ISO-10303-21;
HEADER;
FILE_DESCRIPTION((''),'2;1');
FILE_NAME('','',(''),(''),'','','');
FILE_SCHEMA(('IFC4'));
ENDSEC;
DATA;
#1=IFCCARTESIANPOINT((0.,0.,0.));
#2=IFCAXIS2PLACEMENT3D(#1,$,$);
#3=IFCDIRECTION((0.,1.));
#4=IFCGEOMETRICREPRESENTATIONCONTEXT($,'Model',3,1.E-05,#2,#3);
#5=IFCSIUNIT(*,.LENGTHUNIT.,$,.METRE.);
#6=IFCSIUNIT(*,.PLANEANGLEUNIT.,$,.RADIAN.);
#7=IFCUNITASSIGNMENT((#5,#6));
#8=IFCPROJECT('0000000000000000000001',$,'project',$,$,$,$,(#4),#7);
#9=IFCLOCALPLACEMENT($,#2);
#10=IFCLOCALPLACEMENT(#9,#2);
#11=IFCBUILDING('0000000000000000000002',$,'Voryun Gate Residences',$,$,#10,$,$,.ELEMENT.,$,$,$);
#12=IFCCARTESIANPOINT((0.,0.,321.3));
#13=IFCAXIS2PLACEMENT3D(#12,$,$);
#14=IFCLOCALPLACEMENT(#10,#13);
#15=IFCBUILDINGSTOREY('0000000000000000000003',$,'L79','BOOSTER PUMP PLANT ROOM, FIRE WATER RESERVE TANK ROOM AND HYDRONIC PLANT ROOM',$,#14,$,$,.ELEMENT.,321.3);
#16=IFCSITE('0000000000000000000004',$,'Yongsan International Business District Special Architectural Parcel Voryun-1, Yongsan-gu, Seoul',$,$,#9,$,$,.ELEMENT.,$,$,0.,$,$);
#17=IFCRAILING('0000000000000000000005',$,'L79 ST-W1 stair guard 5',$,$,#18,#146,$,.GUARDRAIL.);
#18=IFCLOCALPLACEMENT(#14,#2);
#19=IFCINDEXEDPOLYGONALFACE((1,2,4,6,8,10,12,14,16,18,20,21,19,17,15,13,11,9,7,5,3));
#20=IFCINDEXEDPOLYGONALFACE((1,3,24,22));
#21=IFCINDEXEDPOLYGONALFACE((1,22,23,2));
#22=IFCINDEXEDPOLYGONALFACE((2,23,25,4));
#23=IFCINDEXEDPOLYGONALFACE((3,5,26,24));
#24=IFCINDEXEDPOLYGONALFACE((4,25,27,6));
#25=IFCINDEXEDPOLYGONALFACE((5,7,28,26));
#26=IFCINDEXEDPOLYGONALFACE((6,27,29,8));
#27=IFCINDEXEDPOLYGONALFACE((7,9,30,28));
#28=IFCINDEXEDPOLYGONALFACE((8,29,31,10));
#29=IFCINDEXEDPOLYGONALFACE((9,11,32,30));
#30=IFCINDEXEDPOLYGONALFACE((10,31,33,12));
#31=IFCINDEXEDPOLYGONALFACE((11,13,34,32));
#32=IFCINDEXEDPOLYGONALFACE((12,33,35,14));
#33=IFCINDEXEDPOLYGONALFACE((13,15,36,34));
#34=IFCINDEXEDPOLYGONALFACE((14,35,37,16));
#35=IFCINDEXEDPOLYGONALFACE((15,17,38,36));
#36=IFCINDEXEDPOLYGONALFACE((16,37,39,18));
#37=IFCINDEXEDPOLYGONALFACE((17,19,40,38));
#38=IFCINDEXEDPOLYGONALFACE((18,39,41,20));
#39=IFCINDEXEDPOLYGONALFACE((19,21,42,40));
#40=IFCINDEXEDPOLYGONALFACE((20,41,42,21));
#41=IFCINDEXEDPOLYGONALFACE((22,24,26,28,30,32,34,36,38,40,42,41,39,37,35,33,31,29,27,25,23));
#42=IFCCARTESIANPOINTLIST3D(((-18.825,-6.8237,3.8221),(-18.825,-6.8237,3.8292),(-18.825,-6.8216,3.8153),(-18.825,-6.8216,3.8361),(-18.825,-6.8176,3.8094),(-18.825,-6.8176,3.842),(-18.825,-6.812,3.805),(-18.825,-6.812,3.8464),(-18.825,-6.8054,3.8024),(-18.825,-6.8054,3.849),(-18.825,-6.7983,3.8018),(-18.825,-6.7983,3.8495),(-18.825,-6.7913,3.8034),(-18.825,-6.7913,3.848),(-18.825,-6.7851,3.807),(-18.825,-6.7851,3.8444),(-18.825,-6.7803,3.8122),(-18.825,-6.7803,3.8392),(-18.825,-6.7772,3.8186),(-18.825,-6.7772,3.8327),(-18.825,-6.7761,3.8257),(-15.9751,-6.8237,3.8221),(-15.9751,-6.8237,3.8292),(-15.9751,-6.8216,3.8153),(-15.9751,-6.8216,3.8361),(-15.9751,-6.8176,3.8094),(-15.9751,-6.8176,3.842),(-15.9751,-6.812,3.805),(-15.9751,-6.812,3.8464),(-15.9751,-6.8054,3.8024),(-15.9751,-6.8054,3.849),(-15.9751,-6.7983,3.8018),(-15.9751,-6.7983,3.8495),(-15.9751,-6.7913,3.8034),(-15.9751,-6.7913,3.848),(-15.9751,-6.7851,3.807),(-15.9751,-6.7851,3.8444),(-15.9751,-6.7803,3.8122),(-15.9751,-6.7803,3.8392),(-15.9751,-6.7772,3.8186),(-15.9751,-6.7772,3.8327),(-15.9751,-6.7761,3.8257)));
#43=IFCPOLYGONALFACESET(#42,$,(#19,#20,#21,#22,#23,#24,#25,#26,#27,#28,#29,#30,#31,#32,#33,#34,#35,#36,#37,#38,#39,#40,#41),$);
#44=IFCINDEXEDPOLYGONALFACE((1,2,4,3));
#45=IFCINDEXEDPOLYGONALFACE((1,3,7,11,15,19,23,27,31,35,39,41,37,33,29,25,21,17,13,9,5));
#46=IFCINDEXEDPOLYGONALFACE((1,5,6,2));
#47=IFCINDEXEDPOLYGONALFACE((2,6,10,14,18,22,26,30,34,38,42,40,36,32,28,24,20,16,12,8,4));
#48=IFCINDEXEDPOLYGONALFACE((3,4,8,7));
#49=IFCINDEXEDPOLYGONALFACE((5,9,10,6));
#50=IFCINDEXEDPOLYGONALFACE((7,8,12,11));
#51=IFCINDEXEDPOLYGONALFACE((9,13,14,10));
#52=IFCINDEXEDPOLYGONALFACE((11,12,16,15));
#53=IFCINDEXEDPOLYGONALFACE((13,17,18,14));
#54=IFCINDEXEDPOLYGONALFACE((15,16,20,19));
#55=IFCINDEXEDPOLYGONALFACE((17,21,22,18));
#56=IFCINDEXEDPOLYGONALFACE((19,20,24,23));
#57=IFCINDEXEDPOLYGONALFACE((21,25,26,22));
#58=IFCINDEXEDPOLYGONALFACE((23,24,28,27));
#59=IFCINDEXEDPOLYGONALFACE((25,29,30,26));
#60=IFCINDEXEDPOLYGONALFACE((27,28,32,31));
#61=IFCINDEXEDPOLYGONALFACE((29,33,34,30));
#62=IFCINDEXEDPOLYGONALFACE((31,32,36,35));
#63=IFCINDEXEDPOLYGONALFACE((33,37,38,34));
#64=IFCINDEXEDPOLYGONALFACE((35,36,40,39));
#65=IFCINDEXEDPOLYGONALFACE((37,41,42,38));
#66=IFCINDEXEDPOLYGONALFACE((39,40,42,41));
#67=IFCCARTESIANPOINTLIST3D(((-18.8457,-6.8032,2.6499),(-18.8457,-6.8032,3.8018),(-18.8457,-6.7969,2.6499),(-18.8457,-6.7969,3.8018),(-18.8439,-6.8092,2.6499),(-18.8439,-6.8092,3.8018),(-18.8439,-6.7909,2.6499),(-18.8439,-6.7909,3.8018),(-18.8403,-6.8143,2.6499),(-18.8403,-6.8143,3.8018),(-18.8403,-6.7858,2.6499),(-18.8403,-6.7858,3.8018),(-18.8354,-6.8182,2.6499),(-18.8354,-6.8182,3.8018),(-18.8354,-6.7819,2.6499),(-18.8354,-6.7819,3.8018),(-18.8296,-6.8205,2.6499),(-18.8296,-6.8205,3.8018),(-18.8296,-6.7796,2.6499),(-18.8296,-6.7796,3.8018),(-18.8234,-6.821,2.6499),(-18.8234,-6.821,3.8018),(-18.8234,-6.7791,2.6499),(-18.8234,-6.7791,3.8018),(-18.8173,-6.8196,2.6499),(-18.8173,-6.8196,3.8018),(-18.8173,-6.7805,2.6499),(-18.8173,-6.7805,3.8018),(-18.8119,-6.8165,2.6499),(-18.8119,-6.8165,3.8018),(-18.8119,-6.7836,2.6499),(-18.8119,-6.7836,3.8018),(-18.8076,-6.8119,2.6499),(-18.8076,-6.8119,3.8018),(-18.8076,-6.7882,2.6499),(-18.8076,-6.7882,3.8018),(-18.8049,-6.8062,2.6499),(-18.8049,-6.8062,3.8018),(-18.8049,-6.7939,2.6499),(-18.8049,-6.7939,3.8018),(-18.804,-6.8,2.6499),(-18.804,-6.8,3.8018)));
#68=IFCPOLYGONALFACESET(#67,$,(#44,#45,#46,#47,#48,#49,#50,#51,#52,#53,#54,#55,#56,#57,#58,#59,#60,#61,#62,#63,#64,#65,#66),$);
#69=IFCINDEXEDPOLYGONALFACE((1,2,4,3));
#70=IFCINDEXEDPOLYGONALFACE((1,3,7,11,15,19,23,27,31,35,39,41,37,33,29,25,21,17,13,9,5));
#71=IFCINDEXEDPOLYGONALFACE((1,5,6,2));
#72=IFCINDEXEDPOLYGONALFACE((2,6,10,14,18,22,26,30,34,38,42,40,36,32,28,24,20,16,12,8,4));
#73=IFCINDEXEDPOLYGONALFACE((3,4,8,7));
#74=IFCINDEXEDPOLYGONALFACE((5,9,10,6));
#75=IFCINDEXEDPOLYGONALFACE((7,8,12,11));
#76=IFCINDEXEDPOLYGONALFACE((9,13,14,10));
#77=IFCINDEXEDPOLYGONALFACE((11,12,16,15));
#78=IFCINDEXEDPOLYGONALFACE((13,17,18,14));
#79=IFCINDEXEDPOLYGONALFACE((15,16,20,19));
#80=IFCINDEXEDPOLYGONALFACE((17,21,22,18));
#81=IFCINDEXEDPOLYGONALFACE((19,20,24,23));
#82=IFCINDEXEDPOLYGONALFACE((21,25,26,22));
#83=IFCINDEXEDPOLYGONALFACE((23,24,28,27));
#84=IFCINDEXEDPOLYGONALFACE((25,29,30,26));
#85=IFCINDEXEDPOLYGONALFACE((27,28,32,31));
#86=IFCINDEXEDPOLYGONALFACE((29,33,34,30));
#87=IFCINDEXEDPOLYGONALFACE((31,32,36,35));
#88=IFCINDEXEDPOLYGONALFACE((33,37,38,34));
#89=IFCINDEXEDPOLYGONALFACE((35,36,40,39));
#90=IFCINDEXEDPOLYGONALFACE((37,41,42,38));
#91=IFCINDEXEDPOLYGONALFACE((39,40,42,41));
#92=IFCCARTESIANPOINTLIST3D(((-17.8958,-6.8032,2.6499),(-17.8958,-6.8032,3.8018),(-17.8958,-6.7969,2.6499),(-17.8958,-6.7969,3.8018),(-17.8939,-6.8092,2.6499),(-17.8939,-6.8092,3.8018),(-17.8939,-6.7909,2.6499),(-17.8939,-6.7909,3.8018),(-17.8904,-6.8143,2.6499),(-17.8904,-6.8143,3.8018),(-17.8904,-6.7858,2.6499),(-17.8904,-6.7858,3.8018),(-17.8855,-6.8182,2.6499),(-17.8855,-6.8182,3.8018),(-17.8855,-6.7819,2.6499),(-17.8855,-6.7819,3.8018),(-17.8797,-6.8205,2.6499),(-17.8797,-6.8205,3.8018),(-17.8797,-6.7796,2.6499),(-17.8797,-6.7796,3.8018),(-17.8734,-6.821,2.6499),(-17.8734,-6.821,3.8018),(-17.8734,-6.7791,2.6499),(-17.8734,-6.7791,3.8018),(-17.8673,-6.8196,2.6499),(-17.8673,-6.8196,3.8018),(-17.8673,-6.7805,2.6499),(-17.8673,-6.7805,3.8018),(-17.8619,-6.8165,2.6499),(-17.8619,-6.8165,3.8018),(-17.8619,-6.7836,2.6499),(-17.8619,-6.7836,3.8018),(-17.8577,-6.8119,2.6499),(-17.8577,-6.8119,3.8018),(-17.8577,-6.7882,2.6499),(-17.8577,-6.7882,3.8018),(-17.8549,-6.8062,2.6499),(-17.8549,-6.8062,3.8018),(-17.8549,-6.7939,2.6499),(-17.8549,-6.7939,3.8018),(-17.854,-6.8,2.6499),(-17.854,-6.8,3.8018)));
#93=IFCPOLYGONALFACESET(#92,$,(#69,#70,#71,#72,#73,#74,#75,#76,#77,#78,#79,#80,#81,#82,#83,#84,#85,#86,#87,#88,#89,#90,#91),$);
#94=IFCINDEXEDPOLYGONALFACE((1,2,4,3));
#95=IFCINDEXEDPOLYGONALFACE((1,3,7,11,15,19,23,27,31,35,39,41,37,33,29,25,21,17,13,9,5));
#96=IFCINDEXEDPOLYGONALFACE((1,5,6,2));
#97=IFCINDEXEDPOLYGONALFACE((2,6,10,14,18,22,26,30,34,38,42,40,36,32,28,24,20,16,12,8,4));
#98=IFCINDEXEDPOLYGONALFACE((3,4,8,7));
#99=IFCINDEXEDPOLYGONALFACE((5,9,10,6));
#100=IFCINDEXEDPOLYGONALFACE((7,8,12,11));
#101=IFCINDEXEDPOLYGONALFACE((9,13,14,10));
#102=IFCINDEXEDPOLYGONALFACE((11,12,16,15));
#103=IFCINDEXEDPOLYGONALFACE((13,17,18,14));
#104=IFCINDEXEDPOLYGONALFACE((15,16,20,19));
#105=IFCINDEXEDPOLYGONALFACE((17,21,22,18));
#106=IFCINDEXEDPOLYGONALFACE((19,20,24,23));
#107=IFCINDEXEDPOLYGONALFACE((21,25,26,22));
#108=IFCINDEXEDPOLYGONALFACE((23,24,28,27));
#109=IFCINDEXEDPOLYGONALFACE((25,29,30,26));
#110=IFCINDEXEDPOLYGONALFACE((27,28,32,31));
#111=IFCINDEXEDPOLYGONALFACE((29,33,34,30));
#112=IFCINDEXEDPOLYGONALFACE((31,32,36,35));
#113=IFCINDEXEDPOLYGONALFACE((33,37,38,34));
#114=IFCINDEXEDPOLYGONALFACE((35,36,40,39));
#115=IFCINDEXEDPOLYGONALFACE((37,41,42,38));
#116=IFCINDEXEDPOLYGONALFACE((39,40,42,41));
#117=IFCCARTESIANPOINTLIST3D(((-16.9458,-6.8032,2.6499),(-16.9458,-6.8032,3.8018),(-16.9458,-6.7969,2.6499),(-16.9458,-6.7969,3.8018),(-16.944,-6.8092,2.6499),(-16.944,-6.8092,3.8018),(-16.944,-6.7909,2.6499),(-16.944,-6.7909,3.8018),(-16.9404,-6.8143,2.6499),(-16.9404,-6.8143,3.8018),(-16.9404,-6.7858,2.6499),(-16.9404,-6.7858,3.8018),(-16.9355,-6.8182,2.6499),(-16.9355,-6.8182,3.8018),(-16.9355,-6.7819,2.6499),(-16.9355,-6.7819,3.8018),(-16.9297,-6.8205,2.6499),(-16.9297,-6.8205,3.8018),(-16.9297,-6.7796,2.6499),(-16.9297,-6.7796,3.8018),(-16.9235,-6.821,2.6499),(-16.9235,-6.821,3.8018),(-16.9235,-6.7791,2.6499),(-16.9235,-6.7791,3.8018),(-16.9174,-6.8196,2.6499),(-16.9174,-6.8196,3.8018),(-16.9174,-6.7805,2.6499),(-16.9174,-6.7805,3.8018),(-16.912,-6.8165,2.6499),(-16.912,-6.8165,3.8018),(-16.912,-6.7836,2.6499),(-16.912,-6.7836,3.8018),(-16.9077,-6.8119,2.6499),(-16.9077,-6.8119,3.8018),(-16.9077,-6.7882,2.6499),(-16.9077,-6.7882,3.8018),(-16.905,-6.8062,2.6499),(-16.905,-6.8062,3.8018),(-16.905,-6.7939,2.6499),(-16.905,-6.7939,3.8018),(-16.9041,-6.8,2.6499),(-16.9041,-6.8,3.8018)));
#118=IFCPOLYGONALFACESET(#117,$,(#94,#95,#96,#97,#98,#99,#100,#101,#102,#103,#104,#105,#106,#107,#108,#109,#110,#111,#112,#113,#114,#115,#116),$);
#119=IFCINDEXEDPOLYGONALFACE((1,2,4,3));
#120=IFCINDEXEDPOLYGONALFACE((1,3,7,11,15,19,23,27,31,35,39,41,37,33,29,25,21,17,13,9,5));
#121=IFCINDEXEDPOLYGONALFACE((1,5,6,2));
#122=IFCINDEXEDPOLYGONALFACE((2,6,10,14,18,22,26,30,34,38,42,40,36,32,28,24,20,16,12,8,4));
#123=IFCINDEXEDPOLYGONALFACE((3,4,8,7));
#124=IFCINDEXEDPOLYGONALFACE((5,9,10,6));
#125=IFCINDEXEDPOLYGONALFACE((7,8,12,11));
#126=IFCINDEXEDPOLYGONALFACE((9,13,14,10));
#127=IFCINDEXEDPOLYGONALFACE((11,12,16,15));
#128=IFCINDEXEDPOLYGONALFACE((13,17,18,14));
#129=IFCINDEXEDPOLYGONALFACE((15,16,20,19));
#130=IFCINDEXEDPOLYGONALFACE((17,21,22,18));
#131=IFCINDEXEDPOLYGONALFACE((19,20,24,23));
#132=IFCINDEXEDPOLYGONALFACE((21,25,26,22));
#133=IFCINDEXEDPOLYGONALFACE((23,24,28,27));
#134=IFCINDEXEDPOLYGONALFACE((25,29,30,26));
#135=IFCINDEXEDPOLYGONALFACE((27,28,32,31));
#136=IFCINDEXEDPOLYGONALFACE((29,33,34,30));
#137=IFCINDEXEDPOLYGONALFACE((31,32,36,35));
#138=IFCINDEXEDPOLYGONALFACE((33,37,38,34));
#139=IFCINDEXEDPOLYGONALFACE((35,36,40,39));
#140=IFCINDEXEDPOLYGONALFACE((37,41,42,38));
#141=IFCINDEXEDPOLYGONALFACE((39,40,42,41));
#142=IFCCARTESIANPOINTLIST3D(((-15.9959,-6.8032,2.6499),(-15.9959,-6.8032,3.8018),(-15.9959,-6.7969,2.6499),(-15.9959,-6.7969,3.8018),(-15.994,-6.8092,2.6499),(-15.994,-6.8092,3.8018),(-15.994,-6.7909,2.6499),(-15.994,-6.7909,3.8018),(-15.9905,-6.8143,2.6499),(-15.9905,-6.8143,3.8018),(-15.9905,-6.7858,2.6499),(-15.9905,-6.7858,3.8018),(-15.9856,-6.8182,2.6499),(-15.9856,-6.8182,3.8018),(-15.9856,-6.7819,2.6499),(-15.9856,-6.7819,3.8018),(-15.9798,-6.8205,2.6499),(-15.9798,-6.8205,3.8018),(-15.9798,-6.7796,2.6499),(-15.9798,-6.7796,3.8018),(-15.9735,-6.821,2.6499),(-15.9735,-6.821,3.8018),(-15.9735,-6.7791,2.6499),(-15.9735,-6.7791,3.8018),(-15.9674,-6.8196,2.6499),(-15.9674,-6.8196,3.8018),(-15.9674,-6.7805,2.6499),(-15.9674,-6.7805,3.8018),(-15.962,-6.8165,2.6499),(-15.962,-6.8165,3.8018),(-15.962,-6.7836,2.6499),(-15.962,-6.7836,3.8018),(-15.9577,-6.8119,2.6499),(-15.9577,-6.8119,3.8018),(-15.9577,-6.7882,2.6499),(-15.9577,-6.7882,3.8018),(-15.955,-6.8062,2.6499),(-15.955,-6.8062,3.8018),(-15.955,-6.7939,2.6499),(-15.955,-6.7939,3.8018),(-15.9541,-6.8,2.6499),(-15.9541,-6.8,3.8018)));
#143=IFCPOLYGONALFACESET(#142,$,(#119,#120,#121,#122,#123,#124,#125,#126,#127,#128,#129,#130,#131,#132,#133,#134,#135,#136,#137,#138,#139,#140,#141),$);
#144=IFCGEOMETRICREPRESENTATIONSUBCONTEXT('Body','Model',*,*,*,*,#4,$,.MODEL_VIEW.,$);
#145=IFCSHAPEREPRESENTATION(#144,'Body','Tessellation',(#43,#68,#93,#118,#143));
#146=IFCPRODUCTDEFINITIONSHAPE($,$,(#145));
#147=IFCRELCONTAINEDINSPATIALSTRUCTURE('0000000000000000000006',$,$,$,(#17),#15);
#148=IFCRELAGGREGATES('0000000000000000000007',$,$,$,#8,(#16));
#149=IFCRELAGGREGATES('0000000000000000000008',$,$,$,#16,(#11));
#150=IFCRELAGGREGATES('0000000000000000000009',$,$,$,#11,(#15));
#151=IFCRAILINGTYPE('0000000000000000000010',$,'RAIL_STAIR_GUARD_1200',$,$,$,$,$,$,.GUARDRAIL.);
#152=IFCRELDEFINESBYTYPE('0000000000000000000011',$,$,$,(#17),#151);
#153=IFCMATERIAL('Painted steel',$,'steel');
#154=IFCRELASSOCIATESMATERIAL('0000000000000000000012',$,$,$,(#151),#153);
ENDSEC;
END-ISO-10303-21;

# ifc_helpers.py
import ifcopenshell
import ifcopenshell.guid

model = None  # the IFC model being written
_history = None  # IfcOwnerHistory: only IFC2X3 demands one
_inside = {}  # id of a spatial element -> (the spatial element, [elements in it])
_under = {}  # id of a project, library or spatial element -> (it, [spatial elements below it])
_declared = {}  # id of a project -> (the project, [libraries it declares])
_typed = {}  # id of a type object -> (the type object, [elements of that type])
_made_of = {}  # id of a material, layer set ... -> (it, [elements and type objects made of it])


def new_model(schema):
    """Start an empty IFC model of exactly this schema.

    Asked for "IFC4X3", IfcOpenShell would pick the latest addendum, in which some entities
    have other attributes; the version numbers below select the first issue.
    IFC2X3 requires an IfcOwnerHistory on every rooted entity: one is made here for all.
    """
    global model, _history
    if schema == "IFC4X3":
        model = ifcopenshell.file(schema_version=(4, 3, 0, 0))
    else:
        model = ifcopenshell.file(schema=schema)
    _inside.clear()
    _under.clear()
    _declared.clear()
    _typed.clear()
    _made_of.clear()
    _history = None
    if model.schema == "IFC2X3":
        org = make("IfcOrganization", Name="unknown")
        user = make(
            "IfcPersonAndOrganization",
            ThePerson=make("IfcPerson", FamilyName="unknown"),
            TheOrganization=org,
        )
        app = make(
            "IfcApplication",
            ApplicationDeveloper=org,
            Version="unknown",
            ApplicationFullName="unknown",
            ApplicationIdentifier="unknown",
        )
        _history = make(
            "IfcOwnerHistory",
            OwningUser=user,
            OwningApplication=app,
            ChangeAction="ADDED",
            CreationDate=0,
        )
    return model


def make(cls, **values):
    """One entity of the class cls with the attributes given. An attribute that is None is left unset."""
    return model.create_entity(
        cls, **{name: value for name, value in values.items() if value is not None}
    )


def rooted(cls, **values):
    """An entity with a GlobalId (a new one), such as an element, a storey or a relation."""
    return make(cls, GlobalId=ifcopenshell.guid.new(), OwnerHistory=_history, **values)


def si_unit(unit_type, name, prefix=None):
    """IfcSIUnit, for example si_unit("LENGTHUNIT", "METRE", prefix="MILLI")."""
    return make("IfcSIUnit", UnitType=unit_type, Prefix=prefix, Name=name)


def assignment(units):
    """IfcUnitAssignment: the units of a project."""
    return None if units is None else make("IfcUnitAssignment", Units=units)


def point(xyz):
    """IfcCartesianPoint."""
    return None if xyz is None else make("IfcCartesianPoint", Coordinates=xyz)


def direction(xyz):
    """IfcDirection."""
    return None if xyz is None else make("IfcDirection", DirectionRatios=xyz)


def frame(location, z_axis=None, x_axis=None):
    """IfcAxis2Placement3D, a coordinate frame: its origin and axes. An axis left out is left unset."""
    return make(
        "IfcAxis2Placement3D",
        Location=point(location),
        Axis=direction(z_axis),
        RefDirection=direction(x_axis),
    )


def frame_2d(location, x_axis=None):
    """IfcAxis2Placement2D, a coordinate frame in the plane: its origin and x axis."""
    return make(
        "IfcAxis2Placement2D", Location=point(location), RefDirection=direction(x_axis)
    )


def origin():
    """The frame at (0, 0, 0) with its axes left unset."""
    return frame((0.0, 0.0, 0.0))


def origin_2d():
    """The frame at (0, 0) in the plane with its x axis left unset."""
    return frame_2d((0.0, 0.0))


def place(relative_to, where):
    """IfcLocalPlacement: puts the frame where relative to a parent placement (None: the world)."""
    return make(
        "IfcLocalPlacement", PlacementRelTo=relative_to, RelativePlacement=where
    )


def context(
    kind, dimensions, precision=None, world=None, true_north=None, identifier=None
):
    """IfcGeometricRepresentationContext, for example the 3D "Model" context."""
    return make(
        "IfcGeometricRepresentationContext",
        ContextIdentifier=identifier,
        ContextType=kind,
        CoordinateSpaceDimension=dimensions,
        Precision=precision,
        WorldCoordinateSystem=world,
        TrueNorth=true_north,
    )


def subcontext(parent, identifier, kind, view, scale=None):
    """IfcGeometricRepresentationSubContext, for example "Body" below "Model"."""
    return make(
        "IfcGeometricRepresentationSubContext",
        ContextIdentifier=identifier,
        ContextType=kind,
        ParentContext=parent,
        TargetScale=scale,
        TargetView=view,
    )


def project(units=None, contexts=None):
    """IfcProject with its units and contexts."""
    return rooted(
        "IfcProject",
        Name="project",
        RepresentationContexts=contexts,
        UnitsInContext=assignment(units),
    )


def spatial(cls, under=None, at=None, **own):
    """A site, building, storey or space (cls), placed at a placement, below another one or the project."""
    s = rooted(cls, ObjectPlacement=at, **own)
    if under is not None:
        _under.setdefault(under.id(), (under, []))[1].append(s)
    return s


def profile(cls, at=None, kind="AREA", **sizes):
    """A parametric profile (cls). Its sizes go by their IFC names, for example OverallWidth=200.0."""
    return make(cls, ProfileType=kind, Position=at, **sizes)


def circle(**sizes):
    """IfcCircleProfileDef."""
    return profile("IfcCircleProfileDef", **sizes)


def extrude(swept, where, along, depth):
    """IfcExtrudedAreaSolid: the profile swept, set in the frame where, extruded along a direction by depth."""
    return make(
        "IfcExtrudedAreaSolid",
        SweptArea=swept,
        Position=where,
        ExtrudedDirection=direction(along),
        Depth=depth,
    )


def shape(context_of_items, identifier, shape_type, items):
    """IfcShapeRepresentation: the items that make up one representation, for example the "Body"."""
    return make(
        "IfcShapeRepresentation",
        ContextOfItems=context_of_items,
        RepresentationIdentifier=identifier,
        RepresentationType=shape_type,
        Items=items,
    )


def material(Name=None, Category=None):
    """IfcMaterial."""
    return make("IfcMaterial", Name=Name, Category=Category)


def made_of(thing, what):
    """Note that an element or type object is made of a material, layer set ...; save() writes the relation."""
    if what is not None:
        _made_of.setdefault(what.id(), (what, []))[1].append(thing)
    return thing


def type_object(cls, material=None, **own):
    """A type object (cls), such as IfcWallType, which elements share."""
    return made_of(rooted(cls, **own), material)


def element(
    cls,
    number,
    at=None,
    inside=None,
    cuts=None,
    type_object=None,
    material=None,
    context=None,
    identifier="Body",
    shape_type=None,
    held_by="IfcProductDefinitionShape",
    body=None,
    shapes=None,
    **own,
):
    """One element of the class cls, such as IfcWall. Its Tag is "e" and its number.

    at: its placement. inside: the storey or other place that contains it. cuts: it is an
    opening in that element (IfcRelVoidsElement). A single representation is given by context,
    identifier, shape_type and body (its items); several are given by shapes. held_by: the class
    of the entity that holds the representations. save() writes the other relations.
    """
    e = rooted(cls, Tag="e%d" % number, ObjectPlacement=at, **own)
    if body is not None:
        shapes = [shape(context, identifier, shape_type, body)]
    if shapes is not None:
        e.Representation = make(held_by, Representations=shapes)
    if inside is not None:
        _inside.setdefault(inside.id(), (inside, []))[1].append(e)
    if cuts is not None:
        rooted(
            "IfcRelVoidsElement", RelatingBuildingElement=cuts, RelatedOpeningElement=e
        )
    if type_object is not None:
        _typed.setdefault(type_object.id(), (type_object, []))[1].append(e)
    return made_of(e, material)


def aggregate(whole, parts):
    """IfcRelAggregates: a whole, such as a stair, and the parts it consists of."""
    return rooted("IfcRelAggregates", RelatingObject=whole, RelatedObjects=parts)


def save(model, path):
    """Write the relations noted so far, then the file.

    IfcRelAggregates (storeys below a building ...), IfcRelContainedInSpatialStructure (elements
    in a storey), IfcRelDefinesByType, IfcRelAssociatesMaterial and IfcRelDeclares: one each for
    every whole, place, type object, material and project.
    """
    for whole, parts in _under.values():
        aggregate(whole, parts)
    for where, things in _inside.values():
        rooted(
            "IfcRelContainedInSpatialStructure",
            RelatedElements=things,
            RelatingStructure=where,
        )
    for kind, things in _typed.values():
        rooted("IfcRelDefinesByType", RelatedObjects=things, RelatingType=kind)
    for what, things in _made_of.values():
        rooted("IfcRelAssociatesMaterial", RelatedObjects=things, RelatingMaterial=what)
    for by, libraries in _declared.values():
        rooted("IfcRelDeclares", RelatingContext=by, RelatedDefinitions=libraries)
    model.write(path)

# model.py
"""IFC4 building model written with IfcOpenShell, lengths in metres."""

from ifc_helpers import new_model, si_unit, direction, frame, origin, origin_2d, place, context, subcontext, project, spatial, circle, extrude, material, type_object, element, save


model = new_model("IFC4")

# Units and contexts
model_context = context("Model", 3, precision=1e-05, world=origin(), true_north=direction((0.0, 1.0)))
body_context = subcontext(model_context, "Body", "Model", "MODEL_VIEW")
ifc_project = project(units=[si_unit("LENGTHUNIT", "METRE"), si_unit("PLANEANGLEUNIT", "RADIAN")], contexts=[model_context])

# Site, building, storey
site_placement = place(None, origin())
site = spatial("IfcSite", under=ifc_project, at=site_placement, Name="Yongsan International Business District Special Architectural Parcel Voryun-1, Yongsan-gu, Seoul", CompositionType="ELEMENT", RefElevation=0.0)
building_placement = place(site_placement, origin())
building = spatial("IfcBuilding", under=site, at=building_placement, Name="Voryun Gate Residences", CompositionType="ELEMENT")
storey_placement = place(building_placement, frame((0.0, 0.0, 321.3)))
storey = spatial("IfcBuildingStorey", under=building, at=storey_placement, Name="L79", Description="BOOSTER PUMP PLANT ROOM, FIRE WATER RESERVE TANK ROOM AND HYDRONIC PLANT ROOM", CompositionType="ELEMENT", Elevation=321.3)

# Railing
ifc_material_1 = material(Name="Painted steel", Category="steel")
railing_type = type_object("IfcRailingType", Name="RAIL_STAIR_GUARD_1200", PredefinedType="GUARDRAIL", material=ifc_material_1)
railing_1_placement = place(storey_placement, frame((-18.825, -6.8, 2.6499)))
element("IfcRailing", 1, at=railing_1_placement, inside=storey, type_object=railing_type, Name="L79 ST-W1 stair guard 5", PredefinedType="GUARDRAIL", context=body_context, shape_type="SweptSolid", body=[
    extrude(circle(Radius=0.0239, at=origin_2d()), frame((0.0, 0.0, 1.1758), z_axis=(1.0, 0.0, 0.0), x_axis=(0.0, 1.0, 0.0)), (0.0, 0.0, 1.0), 2.8499),
    extrude(circle(Radius=0.021, at=origin_2d()), origin(), (0.0, 0.0, 1.0), 1.1519),
    extrude(circle(Radius=0.021, at=origin_2d()), frame((0.95, 0.0, 0.0)), (0.0, 0.0, 1.0), 1.1519),
    extrude(circle(Radius=0.021, at=origin_2d()), frame((1.8999, 0.0, 0.0)), (0.0, 0.0, 1.0), 1.1519),
    extrude(circle(Radius=0.021, at=origin_2d()), frame((2.8499, 0.0, 0.0)), (0.0, 0.0, 1.0), 1.1519),
])

save(model, "model.ifc")
